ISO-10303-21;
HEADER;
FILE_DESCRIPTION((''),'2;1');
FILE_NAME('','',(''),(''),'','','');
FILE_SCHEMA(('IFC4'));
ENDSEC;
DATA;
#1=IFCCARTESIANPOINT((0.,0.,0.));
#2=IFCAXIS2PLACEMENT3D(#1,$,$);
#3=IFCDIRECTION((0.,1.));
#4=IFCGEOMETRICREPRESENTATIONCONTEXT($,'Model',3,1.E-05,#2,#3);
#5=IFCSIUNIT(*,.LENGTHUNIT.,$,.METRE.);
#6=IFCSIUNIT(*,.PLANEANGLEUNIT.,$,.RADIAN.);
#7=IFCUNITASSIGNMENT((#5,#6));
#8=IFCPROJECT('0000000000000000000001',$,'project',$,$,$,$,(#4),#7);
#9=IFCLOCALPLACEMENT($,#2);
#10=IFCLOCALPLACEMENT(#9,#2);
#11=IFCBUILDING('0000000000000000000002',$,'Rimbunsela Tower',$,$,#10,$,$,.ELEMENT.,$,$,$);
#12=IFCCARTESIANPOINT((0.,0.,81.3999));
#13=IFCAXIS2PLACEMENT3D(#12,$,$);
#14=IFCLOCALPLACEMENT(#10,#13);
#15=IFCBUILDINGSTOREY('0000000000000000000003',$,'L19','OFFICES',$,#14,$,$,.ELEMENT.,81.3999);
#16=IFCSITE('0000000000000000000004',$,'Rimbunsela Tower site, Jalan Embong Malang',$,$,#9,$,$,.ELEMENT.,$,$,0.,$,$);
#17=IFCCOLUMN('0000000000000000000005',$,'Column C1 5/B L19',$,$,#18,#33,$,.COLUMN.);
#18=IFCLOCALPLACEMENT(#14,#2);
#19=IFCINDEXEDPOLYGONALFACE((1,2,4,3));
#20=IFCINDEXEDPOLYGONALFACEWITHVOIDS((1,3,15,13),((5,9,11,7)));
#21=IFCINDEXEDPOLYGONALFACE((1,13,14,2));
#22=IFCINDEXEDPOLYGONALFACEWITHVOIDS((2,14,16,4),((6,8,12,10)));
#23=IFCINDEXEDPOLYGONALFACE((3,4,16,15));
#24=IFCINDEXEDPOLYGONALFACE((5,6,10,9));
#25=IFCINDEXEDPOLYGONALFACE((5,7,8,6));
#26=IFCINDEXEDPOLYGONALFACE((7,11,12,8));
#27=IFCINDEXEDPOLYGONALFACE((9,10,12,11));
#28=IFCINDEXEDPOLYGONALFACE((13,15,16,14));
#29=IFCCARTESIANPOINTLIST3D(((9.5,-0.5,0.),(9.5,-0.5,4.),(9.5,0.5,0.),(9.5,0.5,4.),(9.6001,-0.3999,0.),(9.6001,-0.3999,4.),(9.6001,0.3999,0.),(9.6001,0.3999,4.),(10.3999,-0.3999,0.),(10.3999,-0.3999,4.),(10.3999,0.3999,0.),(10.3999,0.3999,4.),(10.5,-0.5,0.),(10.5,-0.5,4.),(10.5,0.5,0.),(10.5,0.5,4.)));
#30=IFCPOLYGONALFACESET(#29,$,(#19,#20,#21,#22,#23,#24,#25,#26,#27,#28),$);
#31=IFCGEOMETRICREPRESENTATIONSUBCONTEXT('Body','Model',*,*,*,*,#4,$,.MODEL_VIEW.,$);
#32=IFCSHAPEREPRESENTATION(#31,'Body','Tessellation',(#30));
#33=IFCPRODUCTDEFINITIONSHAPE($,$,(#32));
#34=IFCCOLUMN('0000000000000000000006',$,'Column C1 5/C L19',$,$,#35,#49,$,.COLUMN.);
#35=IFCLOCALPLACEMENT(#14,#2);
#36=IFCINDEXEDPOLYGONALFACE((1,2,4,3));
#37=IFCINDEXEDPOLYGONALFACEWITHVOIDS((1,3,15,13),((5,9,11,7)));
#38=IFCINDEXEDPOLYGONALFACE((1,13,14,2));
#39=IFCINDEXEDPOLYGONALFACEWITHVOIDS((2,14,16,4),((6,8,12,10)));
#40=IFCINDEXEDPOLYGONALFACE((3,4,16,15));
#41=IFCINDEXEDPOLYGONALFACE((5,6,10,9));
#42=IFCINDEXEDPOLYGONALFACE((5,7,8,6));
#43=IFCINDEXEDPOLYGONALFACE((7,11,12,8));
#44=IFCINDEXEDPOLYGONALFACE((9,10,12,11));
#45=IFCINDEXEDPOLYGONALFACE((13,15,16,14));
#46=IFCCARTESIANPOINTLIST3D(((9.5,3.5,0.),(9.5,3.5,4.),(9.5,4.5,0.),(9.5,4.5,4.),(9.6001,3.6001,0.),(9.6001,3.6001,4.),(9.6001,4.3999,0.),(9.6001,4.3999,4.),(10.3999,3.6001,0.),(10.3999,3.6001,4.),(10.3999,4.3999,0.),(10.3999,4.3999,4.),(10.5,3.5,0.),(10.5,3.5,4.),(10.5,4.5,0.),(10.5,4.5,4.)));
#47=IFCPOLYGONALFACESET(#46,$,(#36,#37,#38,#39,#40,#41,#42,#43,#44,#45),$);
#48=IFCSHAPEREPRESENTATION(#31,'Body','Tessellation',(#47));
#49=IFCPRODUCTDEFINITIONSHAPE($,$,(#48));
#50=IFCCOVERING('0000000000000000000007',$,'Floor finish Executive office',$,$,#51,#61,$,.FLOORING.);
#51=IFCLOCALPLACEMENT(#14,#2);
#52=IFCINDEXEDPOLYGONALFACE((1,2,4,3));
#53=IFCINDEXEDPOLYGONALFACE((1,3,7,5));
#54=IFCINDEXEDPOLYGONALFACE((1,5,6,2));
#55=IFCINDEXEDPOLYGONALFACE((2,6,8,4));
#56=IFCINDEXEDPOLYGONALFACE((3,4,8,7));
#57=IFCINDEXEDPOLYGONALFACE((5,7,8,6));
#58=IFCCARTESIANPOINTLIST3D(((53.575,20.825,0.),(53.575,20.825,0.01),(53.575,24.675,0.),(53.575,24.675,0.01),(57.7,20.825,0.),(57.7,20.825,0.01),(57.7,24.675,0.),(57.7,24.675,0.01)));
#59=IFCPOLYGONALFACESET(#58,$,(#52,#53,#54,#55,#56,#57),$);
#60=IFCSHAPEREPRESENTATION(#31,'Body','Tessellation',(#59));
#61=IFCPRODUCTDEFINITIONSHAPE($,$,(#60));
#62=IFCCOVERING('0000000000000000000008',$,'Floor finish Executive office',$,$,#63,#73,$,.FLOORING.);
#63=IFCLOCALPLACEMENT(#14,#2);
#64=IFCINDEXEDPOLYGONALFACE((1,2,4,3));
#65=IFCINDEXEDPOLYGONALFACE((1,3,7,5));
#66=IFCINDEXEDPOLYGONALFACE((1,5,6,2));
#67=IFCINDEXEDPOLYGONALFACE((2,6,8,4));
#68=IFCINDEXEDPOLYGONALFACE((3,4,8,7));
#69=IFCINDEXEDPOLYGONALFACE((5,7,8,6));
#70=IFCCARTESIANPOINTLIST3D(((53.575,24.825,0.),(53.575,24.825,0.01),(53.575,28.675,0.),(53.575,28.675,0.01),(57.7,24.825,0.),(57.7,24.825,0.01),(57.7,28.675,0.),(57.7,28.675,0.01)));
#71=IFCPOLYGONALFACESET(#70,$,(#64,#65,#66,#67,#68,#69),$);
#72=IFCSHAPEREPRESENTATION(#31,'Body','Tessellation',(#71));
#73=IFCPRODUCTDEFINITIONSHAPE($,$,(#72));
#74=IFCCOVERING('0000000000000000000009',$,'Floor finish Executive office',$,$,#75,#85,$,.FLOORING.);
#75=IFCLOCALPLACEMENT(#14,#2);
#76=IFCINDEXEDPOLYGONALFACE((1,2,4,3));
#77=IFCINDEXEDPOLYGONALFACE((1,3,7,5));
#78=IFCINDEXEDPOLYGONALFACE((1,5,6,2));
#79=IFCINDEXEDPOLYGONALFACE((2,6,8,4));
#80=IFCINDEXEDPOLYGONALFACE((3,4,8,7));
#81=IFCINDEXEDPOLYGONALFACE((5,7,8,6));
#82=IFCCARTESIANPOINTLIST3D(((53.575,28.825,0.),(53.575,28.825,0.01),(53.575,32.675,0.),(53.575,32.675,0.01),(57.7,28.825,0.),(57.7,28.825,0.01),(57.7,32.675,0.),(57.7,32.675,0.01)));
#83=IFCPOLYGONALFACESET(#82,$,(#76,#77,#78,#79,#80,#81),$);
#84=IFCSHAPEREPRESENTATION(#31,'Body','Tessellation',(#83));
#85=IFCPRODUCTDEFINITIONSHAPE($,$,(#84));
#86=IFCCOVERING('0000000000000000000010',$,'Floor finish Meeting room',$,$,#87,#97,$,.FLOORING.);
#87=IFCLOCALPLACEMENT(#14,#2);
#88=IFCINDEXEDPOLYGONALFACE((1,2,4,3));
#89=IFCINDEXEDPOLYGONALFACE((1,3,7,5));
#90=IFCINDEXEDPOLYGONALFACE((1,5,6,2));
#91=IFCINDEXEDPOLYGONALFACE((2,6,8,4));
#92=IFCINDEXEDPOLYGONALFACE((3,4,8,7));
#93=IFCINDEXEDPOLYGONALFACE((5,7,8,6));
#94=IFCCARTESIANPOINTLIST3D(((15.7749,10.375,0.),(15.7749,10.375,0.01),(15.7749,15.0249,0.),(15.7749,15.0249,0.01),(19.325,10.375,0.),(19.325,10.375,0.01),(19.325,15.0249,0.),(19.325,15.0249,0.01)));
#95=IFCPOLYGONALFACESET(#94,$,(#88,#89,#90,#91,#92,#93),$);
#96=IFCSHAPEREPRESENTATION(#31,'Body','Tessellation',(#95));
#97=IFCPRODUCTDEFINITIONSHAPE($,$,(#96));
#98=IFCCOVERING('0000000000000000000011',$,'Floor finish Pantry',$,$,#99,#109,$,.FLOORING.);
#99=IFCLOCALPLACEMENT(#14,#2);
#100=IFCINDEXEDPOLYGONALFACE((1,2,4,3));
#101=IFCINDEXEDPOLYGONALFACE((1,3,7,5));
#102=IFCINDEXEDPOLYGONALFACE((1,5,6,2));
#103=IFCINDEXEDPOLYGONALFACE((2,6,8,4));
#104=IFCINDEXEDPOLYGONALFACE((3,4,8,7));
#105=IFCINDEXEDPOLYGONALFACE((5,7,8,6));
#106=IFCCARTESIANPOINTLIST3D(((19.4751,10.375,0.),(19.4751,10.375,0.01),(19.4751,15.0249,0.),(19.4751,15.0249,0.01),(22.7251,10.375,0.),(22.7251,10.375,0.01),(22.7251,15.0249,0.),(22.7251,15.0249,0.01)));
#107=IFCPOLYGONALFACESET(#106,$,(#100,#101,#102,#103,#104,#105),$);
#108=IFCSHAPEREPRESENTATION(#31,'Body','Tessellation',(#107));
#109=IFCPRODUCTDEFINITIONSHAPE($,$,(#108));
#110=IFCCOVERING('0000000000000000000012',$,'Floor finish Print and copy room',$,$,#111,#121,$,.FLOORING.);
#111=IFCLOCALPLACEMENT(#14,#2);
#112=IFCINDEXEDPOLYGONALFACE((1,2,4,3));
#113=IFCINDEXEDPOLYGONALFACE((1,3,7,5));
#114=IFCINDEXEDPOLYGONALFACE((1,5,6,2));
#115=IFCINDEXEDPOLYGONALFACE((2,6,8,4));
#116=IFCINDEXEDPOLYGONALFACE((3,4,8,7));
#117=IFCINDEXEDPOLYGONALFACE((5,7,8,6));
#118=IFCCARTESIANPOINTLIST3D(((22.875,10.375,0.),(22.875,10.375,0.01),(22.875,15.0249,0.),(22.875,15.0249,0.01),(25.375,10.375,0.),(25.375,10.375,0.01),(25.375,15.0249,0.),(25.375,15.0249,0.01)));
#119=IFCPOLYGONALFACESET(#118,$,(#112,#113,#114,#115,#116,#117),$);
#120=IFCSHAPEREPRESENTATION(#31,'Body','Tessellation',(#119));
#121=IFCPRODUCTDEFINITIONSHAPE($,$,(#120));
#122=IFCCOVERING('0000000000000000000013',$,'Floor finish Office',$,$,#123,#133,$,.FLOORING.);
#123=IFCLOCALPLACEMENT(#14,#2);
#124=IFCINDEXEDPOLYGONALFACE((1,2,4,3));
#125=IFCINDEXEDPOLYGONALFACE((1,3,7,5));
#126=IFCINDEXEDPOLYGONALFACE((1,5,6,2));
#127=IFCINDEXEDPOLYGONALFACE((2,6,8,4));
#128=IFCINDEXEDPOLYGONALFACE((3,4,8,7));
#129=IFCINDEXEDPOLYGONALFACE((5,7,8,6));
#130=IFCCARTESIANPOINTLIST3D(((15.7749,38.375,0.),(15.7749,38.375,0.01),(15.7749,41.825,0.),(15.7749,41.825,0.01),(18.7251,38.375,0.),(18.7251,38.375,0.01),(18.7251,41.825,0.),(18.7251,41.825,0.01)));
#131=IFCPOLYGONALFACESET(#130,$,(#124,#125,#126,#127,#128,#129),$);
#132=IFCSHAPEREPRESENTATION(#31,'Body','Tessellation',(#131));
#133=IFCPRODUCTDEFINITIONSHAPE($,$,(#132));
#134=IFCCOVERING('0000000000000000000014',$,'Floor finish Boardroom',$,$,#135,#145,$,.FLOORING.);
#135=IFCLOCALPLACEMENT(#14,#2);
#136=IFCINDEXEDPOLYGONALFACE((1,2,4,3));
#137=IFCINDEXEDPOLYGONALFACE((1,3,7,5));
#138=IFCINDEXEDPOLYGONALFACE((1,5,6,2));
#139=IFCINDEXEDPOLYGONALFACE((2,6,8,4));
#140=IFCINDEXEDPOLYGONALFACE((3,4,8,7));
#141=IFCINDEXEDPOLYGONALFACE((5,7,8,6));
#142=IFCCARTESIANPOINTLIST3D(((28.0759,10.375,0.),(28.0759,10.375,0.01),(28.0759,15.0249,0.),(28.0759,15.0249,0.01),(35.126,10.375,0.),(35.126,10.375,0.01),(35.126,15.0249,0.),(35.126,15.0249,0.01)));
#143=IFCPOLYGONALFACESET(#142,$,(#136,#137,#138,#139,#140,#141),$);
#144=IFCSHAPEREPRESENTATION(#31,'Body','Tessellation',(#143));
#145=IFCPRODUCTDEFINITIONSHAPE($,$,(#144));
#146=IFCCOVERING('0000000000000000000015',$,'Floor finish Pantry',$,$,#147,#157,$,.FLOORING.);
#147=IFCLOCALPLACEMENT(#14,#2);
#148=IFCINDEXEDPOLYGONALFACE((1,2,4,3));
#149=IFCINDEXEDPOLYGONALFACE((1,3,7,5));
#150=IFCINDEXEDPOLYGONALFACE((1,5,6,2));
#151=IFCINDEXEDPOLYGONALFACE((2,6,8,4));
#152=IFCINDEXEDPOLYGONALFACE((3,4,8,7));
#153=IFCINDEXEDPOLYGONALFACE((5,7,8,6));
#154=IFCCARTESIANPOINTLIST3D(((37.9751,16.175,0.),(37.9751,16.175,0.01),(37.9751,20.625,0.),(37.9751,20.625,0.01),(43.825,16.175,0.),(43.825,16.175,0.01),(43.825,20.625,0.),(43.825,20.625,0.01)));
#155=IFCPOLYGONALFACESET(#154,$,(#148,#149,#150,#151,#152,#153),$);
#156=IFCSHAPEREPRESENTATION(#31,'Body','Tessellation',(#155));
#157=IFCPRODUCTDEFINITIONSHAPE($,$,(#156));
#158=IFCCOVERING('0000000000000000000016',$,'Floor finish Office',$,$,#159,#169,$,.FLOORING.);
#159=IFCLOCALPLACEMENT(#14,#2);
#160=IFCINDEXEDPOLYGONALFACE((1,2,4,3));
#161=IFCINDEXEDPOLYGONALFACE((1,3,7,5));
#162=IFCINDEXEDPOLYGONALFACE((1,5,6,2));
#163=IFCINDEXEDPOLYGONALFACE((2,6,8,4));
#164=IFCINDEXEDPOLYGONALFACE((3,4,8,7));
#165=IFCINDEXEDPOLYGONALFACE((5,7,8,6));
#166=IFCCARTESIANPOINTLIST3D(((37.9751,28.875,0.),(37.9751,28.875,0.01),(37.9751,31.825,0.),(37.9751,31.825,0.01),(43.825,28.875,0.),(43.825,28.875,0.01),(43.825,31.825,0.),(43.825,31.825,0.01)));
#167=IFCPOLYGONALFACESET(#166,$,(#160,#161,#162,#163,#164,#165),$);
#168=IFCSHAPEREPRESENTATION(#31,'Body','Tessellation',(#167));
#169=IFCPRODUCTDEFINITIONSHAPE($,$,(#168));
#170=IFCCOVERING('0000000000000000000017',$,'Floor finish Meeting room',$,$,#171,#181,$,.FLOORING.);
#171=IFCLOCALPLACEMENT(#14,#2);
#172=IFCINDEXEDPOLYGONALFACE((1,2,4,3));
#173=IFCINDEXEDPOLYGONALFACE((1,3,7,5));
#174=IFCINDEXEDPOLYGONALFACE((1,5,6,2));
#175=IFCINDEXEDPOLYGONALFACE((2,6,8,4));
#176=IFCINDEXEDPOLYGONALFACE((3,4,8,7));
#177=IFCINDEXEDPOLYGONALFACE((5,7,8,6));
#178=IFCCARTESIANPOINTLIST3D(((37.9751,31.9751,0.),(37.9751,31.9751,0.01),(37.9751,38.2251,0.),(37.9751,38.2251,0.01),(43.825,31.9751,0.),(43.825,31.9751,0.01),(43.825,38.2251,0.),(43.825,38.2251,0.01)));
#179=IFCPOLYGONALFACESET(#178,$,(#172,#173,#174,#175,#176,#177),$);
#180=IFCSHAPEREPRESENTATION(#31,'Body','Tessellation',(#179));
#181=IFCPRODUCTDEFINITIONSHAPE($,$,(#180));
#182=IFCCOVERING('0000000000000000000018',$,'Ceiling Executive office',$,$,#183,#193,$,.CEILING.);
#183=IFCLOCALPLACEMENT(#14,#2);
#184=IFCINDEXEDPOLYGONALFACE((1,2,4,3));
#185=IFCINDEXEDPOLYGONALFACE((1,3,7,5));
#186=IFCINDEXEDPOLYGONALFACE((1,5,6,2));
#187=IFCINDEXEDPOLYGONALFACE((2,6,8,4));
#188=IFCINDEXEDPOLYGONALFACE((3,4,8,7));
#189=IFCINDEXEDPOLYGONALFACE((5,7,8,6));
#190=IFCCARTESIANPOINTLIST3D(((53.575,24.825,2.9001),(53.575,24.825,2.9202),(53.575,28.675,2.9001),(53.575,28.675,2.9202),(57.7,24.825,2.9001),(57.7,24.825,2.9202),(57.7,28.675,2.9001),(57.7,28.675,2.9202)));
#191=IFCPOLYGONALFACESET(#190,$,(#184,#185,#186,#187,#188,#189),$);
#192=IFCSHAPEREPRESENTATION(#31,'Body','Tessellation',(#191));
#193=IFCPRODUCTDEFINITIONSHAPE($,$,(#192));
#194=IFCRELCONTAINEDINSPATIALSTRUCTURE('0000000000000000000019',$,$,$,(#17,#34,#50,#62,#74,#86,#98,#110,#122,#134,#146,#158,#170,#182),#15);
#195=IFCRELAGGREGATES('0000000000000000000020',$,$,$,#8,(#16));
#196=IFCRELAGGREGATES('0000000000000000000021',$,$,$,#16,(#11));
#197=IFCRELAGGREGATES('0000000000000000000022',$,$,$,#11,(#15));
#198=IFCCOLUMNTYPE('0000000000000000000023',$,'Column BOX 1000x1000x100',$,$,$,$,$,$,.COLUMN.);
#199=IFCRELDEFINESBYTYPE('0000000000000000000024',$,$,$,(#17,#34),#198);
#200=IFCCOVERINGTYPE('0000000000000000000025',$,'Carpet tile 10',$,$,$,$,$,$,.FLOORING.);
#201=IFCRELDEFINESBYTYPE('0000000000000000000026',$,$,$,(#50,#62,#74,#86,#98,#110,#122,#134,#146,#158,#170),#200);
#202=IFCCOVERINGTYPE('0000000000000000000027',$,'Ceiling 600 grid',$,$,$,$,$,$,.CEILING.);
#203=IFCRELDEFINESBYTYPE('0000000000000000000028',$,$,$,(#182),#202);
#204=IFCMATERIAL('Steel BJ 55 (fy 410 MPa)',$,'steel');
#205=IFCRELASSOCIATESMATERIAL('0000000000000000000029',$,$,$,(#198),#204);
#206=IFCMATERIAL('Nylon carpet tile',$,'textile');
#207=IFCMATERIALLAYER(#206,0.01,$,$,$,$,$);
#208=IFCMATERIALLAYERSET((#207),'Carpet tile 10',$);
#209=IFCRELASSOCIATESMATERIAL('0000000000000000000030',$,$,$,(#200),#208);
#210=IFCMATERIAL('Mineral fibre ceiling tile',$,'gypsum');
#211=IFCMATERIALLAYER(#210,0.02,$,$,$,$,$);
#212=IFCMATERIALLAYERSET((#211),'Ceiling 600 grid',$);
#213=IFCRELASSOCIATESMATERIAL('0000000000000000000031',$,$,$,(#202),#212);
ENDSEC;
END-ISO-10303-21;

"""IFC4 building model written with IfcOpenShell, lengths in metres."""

from ifc_helpers import new_model, si_unit, direction, frame, origin, origin_2d, place, context, subcontext, project, spatial, polyline, hollow_rectangle, outline, extrude, material, layer, layer_set, material_profile, profile_set, type_object, element, save


model = new_model("IFC4")

# Units and contexts
model_context = context("Model", 3, precision=1e-05, world=origin(), true_north=direction((0.0, 1.0)))
body_context = subcontext(model_context, "Body", "Model", "MODEL_VIEW")
ifc_project = project(units=[si_unit("LENGTHUNIT", "METRE"), si_unit("PLANEANGLEUNIT", "RADIAN")], contexts=[model_context])

# Site, building, storey
site_placement = place(None, origin())
site = spatial("IfcSite", under=ifc_project, at=site_placement, Name="Rimbunsela Tower site, Jalan Embong Malang", CompositionType="ELEMENT", RefElevation=0.0)
building_placement = place(site_placement, origin())
building = spatial("IfcBuilding", under=site, at=building_placement, Name="Rimbunsela Tower", CompositionType="ELEMENT")
storey_placement = place(building_placement, frame((0.0, 0.0, 81.3999)))
storey = spatial("IfcBuildingStorey", under=building, at=storey_placement, Name="L19", Description="OFFICES", CompositionType="ELEMENT", Elevation=81.3999)

# Columns
ifc_material_1 = material(Name="Steel BJ 55 (fy 410 MPa)", Category="steel")
ifc_material_profile = material_profile(ifc_material_1, hollow_rectangle(XDim=1.0, YDim=1.0, WallThickness=0.1001, at=origin_2d()), Name="BOX 1000x1000x100")
ifc_profile_set = profile_set([ifc_material_profile], Name="Steel BJ 55 (fy 410 MPa)")
column_type = type_object("IfcColumnType", Name="Column BOX 1000x1000x100", PredefinedType="COLUMN", material=ifc_profile_set)
for number, where, z_axis, x_axis, name in (
    (1, (10.0, 0.0, 0.0), (0.0, 0.0, 1.0), (1.0, 0.0, 0.0), "Column C1 5/B L19"),
    (2, (10.0, 4.0, 0.0), (0.0, 0.0, 1.0), (1.0, 0.0, 0.0), "Column C1 5/C L19"),
):
    element("IfcColumn", number, at=place(storey_placement, frame(where, z_axis=z_axis, x_axis=x_axis)), inside=storey, type_object=column_type, Name=name, PredefinedType="COLUMN", context=body_context, shape_type="SweptSolid", body=[
        extrude(hollow_rectangle(XDim=1.0, YDim=1.0, WallThickness=0.1001, at=origin_2d()), origin(), (0.0, 0.0, 1.0), 4.0),
    ])

# Coverings
ifc_material_2 = material(Name="Nylon carpet tile", Category="textile")
ifc_layer_1 = layer(ifc_material_2, 0.01)
ifc_layer_set_1 = layer_set([ifc_layer_1], Name="Carpet tile 10")
covering_type_1 = type_object("IfcCoveringType", Name="Carpet tile 10", PredefinedType="FLOORING", material=ifc_layer_set_1)
covering_1_placement = place(storey_placement, origin())
element("IfcCovering", 3, at=covering_1_placement, inside=storey, type_object=covering_type_1, Name="Floor finish Executive office", PredefinedType="FLOORING", context=body_context, shape_type="SweptSolid", body=[
    extrude(outline(polyline([(57.7, 20.825), (57.7, 24.675), (53.575, 24.675), (53.575, 20.825), (57.7, 20.825)])), origin(), (0.0, 0.0, 1.0), 0.01),
])
covering_2_placement = place(storey_placement, origin())
element("IfcCovering", 4, at=covering_2_placement, inside=storey, type_object=covering_type_1, Name="Floor finish Executive office", PredefinedType="FLOORING", context=body_context, shape_type="SweptSolid", body=[
    extrude(outline(polyline([(57.7, 24.825), (57.7, 28.675), (53.575, 28.675), (53.575, 24.825), (57.7, 24.825)])), origin(), (0.0, 0.0, 1.0), 0.01),
])
covering_3_placement = place(storey_placement, origin())
element("IfcCovering", 5, at=covering_3_placement, inside=storey, type_object=covering_type_1, Name="Floor finish Executive office", PredefinedType="FLOORING", context=body_context, shape_type="SweptSolid", body=[
    extrude(outline(polyline([(57.7, 28.825), (57.7, 32.675), (53.575, 32.675), (53.575, 28.825), (57.7, 28.825)])), origin(), (0.0, 0.0, 1.0), 0.01),
])
covering_4_placement = place(storey_placement, origin())
element("IfcCovering", 6, at=covering_4_placement, inside=storey, type_object=covering_type_1, Name="Floor finish Meeting room", PredefinedType="FLOORING", context=body_context, shape_type="SweptSolid", body=[
    extrude(outline(polyline([(19.325, 10.375), (19.325, 15.0249), (15.7749, 15.0249), (15.7749, 10.375), (19.325, 10.375)])), origin(), (0.0, 0.0, 1.0), 0.01),
])
covering_5_placement = place(storey_placement, origin())
element("IfcCovering", 7, at=covering_5_placement, inside=storey, type_object=covering_type_1, Name="Floor finish Pantry", PredefinedType="FLOORING", context=body_context, shape_type="SweptSolid", body=[
    extrude(outline(polyline([(22.7251, 10.375), (22.7251, 15.0249), (19.4751, 15.0249), (19.4751, 10.375), (22.7251, 10.375)])), origin(), (0.0, 0.0, 1.0), 0.01),
])
covering_6_placement = place(storey_placement, origin())
element("IfcCovering", 8, at=covering_6_placement, inside=storey, type_object=covering_type_1, Name="Floor finish Print and copy room", PredefinedType="FLOORING", context=body_context, shape_type="SweptSolid", body=[
    extrude(outline(polyline([(25.375, 10.375), (25.375, 15.0249), (22.875, 15.0249), (22.875, 10.375), (25.375, 10.375)])), origin(), (0.0, 0.0, 1.0), 0.01),
])
covering_7_placement = place(storey_placement, origin())
element("IfcCovering", 9, at=covering_7_placement, inside=storey, type_object=covering_type_1, Name="Floor finish Office", PredefinedType="FLOORING", context=body_context, shape_type="SweptSolid", body=[
    extrude(outline(polyline([(18.7251, 38.375), (18.7251, 41.825), (15.7749, 41.825), (15.7749, 38.375), (18.7251, 38.375)])), origin(), (0.0, 0.0, 1.0), 0.01),
])
covering_8_placement = place(storey_placement, origin())
element("IfcCovering", 10, at=covering_8_placement, inside=storey, type_object=covering_type_1, Name="Floor finish Boardroom", PredefinedType="FLOORING", context=body_context, shape_type="SweptSolid", body=[
    extrude(outline(polyline([(35.126, 10.375), (35.126, 15.0249), (28.0759, 15.0249), (28.0759, 10.375), (35.126, 10.375)])), origin(), (0.0, 0.0, 1.0), 0.01),
])
covering_9_placement = place(storey_placement, origin())
element("IfcCovering", 11, at=covering_9_placement, inside=storey, type_object=covering_type_1, Name="Floor finish Pantry", PredefinedType="FLOORING", context=body_context, shape_type="SweptSolid", body=[
    extrude(outline(polyline([(43.825, 16.175), (43.825, 20.625), (37.9751, 20.625), (37.9751, 16.175), (43.825, 16.175)])), origin(), (0.0, 0.0, 1.0), 0.01),
])
covering_10_placement = place(storey_placement, origin())
element("IfcCovering", 12, at=covering_10_placement, inside=storey, type_object=covering_type_1, Name="Floor finish Office", PredefinedType="FLOORING", context=body_context, shape_type="SweptSolid", body=[
    extrude(outline(polyline([(43.825, 28.875), (43.825, 31.825), (37.9751, 31.825), (37.9751, 28.875), (43.825, 28.875)])), origin(), (0.0, 0.0, 1.0), 0.01),
])
covering_11_placement = place(storey_placement, origin())
element("IfcCovering", 13, at=covering_11_placement, inside=storey, type_object=covering_type_1, Name="Floor finish Meeting room", PredefinedType="FLOORING", context=body_context, shape_type="SweptSolid", body=[
    extrude(outline(polyline([(43.825, 31.9751), (43.825, 38.2251), (37.9751, 38.2251), (37.9751, 31.9751), (43.825, 31.9751)])), origin(), (0.0, 0.0, 1.0), 0.01),
])
ifc_material_3 = material(Name="Mineral fibre ceiling tile", Category="gypsum")
ifc_layer_2 = layer(ifc_material_3, 0.02)
ifc_layer_set_2 = layer_set([ifc_layer_2], Name="Ceiling 600 grid")
covering_type_2 = type_object("IfcCoveringType", Name="Ceiling 600 grid", PredefinedType="CEILING", material=ifc_layer_set_2)
covering_12_placement = place(storey_placement, frame((0.0, 0.0, 2.9001)))
element("IfcCovering", 14, at=covering_12_placement, inside=storey, type_object=covering_type_2, Name="Ceiling Executive office", PredefinedType="CEILING", context=body_context, shape_type="SweptSolid", body=[
    extrude(outline(polyline([(57.7, 24.825), (57.7, 28.675), (53.575, 28.675), (53.575, 24.825), (57.7, 24.825)])), origin(), (0.0, 0.0, 1.0), 0.02),
])

save(model, "model.ifc")
